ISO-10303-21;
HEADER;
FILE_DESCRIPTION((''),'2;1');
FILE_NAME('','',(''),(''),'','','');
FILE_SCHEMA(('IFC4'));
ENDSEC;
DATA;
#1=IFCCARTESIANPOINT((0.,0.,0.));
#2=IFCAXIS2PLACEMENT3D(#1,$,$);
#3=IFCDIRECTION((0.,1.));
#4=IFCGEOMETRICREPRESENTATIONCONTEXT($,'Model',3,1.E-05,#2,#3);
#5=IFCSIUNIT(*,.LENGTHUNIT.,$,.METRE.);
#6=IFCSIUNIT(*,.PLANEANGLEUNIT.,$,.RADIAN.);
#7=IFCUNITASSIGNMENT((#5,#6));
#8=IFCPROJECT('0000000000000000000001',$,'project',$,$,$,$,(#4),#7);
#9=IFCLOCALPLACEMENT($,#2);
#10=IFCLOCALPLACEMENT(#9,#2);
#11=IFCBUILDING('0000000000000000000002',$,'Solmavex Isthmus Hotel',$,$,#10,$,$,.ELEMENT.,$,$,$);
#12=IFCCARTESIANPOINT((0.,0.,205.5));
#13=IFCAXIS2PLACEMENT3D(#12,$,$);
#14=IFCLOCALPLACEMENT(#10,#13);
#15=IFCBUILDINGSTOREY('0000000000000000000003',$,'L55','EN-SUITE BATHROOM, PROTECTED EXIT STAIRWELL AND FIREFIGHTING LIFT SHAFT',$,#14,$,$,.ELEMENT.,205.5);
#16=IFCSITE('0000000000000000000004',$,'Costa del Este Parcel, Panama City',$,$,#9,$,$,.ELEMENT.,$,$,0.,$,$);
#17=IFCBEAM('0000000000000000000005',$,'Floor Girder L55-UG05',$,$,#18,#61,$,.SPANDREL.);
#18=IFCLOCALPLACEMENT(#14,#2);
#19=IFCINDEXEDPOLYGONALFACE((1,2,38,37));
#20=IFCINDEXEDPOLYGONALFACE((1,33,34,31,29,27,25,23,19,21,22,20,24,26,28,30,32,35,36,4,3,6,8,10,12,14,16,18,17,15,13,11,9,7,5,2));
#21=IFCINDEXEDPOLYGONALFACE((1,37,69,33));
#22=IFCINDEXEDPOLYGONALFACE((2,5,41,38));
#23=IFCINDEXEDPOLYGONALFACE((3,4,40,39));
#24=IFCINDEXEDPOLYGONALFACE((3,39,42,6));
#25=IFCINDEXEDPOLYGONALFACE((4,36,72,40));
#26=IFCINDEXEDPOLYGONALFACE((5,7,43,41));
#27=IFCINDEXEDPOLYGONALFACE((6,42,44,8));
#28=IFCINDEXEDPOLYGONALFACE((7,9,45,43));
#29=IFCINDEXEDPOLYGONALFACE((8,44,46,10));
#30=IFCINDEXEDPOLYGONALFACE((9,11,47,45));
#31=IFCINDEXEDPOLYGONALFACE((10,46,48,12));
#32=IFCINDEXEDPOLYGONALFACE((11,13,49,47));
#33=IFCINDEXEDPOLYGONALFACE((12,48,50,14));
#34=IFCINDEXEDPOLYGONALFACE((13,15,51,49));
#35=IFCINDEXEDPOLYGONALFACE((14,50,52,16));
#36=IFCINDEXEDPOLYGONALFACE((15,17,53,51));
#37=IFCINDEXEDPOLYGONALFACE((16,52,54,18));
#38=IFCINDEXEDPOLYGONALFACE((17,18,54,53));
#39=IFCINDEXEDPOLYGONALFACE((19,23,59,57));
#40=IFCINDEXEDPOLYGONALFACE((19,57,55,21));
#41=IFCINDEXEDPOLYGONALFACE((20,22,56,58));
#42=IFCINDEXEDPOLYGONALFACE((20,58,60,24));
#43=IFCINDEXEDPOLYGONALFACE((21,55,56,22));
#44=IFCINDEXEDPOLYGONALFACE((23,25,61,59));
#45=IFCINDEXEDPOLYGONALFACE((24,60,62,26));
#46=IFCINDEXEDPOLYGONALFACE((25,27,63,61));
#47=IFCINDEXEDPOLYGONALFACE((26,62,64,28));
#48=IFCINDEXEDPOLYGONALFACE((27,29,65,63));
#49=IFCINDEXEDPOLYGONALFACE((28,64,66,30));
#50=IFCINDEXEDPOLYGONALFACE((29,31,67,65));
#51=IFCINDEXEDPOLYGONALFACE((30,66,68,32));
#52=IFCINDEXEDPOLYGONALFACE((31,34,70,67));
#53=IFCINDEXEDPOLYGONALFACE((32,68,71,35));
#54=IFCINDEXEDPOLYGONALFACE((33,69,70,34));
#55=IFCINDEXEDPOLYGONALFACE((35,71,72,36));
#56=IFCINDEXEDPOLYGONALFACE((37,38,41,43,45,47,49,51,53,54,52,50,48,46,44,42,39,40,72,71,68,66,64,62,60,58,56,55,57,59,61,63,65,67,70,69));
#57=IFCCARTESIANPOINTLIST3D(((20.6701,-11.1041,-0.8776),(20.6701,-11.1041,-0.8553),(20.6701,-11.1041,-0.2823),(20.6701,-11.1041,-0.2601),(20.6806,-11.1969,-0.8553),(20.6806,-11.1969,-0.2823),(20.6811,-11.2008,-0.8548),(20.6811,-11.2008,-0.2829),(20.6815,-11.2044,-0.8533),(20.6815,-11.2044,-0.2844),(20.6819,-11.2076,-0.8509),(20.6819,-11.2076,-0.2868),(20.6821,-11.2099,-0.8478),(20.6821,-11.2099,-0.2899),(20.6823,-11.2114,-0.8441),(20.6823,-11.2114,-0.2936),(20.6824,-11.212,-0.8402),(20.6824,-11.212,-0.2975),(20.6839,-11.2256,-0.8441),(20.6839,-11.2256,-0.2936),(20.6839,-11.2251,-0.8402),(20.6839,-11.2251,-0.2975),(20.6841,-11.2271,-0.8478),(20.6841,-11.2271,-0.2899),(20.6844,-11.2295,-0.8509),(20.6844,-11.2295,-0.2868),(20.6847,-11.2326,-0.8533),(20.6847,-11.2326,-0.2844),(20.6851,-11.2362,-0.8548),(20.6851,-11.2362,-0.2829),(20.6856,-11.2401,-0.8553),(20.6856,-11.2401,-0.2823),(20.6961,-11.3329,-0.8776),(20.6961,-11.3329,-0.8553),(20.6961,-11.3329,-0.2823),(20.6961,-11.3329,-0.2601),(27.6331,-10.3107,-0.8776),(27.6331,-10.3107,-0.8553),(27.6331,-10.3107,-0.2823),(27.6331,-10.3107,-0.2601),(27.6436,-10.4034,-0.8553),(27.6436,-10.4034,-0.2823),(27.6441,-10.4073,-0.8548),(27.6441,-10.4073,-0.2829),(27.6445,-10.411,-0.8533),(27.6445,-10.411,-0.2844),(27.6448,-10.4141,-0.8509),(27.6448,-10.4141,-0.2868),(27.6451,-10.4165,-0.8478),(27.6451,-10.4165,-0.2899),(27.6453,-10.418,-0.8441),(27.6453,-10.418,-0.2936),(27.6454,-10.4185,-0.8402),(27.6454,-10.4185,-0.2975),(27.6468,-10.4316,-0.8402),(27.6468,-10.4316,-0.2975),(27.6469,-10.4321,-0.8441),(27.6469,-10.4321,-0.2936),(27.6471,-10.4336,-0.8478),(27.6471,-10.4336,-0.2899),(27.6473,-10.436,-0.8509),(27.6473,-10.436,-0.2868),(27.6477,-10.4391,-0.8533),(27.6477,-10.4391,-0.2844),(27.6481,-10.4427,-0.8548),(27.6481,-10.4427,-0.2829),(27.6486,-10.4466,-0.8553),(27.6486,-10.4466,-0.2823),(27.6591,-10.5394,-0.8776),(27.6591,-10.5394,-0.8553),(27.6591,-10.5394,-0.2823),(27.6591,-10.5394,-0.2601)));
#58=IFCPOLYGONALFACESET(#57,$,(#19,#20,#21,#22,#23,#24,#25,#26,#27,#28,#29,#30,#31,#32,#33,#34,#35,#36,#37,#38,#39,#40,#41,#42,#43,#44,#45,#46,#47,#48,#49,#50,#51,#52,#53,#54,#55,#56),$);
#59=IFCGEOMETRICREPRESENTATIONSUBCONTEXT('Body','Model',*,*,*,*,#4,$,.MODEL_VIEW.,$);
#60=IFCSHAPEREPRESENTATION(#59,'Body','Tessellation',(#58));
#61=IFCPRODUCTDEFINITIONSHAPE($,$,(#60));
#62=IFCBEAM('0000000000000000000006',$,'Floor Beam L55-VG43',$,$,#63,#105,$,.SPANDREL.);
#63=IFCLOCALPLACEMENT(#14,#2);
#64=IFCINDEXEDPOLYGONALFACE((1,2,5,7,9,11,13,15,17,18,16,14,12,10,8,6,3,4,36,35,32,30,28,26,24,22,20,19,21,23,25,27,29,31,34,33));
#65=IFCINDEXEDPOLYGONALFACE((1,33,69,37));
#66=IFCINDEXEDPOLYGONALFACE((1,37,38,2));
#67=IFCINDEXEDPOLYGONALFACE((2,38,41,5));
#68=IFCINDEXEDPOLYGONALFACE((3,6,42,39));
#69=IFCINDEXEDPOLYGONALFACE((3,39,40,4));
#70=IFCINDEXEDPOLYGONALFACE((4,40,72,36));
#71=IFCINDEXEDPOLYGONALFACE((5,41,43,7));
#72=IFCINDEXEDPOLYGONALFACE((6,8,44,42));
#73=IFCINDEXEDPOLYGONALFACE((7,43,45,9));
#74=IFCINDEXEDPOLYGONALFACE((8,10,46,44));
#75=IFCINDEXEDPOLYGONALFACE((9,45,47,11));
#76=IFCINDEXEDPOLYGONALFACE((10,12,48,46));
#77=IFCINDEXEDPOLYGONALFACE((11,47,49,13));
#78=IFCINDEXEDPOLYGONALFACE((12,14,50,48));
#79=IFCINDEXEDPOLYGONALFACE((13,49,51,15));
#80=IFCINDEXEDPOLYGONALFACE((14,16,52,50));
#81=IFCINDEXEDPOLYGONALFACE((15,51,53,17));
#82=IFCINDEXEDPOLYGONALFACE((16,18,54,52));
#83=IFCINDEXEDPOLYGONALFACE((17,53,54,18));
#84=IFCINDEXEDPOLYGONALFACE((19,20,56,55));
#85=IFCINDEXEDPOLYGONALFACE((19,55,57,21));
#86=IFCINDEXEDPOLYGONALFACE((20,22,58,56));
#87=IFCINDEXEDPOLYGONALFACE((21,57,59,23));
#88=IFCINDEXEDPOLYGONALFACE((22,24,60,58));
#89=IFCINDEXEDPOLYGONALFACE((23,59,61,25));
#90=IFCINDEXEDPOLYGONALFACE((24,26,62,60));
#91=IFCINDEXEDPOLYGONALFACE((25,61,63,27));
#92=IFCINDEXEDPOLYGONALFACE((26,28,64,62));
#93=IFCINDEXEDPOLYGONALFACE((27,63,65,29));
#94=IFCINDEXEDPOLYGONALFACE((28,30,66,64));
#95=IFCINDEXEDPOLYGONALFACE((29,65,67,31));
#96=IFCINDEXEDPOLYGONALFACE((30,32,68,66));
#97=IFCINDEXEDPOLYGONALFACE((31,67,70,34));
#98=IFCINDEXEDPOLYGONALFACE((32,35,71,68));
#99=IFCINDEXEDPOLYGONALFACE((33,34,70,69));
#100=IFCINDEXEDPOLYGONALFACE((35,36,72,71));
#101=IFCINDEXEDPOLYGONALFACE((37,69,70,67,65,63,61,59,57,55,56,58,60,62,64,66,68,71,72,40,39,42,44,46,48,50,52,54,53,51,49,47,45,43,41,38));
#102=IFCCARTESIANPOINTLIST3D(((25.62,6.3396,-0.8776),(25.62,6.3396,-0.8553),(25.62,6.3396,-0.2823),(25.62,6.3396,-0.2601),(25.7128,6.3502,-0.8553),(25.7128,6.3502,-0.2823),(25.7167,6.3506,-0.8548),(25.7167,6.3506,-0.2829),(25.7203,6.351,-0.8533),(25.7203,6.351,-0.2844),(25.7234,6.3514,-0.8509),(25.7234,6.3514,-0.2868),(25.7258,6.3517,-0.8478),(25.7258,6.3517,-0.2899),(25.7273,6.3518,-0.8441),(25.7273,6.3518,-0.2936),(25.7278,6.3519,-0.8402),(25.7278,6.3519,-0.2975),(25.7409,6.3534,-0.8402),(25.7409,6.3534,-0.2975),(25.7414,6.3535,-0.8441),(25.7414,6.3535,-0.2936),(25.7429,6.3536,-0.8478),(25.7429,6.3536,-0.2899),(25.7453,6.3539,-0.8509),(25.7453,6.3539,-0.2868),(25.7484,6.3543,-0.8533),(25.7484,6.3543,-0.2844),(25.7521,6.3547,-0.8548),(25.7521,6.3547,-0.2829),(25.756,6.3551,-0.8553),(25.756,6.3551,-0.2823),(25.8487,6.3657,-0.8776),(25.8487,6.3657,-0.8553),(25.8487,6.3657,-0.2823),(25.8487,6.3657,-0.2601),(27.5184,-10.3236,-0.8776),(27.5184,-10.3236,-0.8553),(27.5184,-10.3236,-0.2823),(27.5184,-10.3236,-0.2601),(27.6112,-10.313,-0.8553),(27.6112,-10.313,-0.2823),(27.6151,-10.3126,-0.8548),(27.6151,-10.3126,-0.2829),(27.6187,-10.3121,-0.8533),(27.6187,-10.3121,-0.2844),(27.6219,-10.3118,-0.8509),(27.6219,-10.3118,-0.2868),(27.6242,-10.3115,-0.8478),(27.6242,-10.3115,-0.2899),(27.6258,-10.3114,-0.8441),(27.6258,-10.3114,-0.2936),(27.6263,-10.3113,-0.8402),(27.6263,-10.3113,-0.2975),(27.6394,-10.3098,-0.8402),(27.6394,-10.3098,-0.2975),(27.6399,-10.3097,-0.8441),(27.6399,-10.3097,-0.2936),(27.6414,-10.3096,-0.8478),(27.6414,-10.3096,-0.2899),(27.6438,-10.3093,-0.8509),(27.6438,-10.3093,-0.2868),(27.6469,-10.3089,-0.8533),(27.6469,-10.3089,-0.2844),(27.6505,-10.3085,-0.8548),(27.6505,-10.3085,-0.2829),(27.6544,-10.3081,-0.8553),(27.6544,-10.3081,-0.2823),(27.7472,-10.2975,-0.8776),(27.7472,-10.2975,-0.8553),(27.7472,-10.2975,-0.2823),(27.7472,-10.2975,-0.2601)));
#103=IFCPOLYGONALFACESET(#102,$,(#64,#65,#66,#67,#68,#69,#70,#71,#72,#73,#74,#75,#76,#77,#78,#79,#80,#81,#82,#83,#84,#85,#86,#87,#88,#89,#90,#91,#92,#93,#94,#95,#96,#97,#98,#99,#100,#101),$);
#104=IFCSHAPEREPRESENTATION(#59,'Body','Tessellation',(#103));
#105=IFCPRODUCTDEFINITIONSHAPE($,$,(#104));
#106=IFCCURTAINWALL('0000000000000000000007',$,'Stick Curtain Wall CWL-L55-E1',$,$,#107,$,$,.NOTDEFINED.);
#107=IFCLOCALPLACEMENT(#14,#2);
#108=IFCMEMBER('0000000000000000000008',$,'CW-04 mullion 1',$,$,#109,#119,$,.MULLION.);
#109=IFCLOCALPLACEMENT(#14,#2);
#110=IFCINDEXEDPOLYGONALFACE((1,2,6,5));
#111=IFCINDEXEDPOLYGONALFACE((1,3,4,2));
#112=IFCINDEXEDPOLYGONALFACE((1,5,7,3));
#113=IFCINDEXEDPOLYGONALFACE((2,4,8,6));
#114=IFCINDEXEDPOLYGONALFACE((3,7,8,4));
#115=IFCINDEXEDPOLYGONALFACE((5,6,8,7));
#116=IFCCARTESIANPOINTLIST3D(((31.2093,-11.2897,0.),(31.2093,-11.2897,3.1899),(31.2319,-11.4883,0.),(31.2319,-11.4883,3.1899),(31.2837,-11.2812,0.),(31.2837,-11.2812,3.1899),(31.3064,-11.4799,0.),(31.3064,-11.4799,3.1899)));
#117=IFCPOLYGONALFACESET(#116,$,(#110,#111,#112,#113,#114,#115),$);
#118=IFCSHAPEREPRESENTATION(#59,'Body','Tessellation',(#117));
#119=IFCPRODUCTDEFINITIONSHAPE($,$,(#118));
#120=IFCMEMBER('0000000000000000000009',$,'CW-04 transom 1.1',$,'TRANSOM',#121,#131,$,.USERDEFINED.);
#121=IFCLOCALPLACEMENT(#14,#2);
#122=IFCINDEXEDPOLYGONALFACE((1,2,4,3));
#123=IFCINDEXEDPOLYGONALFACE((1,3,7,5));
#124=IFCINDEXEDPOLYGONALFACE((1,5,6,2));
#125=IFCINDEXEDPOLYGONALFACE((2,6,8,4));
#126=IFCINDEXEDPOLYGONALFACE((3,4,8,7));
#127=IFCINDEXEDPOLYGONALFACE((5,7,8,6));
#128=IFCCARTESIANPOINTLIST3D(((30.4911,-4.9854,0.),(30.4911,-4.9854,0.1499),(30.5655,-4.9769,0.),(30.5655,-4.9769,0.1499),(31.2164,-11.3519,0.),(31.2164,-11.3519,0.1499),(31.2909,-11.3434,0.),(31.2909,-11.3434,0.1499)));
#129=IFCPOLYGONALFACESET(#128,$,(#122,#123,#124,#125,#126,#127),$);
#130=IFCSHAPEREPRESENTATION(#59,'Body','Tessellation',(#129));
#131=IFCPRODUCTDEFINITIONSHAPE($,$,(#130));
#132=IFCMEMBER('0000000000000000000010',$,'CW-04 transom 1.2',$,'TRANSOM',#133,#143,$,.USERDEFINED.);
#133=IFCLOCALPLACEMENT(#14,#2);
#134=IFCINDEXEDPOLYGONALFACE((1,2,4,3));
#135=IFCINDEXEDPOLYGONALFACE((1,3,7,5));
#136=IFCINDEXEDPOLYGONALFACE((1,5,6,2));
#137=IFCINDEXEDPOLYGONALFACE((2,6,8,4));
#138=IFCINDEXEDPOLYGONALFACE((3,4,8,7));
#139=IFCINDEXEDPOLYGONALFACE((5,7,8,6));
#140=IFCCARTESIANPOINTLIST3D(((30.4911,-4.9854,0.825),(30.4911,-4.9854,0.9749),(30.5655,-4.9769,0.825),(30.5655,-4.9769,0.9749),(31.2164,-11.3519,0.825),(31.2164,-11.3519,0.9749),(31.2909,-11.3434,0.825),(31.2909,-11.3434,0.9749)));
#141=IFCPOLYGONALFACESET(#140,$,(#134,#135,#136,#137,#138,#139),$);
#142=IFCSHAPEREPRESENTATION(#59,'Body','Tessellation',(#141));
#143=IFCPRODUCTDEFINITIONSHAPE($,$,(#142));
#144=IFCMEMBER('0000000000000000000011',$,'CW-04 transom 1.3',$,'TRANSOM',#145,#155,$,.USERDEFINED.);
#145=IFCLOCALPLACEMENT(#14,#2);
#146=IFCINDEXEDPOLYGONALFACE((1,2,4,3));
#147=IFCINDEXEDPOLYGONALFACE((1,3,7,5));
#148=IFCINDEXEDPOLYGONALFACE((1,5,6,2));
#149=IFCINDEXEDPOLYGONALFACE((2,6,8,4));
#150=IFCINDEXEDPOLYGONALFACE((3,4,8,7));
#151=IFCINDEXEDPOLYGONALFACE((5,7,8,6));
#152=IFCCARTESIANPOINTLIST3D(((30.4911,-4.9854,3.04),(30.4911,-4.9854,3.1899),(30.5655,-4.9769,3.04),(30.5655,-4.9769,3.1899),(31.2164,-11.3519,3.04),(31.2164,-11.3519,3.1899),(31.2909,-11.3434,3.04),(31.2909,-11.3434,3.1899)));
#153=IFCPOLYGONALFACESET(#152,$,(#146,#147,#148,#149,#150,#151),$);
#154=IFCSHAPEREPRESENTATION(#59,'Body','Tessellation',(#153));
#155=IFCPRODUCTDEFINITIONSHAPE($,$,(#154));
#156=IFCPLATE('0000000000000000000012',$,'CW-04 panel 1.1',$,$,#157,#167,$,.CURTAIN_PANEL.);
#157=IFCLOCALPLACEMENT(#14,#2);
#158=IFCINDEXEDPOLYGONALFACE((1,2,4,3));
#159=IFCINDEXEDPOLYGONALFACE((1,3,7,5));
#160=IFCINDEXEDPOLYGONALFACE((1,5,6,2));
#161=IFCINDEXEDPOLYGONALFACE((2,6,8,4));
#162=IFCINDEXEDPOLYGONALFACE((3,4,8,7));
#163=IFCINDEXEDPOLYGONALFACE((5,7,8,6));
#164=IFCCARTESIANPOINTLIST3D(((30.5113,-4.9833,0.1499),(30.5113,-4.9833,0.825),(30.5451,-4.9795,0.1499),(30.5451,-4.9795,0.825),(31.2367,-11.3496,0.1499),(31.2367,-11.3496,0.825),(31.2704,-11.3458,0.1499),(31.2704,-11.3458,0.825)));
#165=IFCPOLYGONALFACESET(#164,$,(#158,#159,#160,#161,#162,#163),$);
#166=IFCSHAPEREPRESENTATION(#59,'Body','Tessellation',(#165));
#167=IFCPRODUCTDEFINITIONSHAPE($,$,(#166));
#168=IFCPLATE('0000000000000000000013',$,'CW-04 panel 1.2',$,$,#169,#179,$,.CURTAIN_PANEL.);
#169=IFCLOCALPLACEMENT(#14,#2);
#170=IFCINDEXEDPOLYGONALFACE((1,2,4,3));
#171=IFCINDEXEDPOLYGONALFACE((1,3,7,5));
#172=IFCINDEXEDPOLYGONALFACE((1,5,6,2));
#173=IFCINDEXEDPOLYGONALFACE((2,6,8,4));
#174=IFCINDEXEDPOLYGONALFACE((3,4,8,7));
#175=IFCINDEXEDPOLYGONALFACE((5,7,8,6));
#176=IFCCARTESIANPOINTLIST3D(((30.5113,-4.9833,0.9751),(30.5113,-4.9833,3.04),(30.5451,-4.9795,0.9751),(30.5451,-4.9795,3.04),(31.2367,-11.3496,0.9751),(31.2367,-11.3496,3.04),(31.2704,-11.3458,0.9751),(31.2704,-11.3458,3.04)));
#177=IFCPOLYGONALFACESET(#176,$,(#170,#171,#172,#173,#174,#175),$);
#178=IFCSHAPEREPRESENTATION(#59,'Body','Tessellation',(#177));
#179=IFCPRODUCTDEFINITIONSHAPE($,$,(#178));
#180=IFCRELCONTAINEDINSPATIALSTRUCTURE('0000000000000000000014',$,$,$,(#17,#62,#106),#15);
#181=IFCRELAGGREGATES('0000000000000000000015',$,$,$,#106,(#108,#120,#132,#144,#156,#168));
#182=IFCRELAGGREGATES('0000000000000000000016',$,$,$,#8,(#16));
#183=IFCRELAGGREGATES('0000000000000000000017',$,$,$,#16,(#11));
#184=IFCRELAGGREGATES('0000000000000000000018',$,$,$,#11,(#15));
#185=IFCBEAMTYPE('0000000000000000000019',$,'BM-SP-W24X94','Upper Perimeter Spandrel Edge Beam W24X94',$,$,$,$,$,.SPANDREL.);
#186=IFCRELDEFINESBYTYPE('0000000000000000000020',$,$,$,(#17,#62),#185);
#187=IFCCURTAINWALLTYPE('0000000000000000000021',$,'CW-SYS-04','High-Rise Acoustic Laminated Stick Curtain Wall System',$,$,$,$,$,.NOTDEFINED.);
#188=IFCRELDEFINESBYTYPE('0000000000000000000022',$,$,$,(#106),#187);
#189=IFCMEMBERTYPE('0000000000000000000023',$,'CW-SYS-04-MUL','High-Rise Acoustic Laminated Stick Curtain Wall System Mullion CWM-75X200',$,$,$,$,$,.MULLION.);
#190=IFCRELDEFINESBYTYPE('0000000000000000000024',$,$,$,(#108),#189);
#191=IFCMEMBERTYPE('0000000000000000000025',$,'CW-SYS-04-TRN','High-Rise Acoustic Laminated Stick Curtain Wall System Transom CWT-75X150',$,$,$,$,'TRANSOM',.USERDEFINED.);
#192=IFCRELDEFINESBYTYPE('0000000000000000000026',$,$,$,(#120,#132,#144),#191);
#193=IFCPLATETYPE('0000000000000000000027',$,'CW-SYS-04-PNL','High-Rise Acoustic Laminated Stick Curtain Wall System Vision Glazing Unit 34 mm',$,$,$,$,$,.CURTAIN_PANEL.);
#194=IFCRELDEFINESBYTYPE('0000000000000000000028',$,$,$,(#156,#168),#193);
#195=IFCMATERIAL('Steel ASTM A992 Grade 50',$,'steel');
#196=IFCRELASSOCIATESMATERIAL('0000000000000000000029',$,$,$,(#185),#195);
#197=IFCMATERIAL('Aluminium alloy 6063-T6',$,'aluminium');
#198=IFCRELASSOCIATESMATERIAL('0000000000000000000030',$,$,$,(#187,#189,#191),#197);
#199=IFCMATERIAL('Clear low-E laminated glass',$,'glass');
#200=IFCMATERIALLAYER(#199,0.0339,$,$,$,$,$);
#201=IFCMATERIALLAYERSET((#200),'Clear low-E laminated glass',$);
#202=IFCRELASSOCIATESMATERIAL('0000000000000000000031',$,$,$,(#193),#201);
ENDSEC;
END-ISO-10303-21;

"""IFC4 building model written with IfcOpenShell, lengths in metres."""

from ifc_helpers import new_model, si_unit, direction, frame, origin, origin_2d, place, context, subcontext, project, spatial, rectangle, i_section, extrude, material, layer, layer_set, material_profile, profile_set, type_object, element, aggregate, save


model = new_model("IFC4")

# Units and contexts
model_context = context("Model", 3, precision=1e-05, world=origin(), true_north=direction((0.0, 1.0)))
body_context = subcontext(model_context, "Body", "Model", "MODEL_VIEW")
ifc_project = project(units=[si_unit("LENGTHUNIT", "METRE"), si_unit("PLANEANGLEUNIT", "RADIAN")], contexts=[model_context])

# Site, building, storey
site_placement = place(None, origin())
site = spatial("IfcSite", under=ifc_project, at=site_placement, Name="Costa del Este Parcel, Panama City", CompositionType="ELEMENT", RefElevation=0.0)
building_placement = place(site_placement, origin())
building = spatial("IfcBuilding", under=site, at=building_placement, Name="Solmavex Isthmus Hotel", CompositionType="ELEMENT")
storey_placement = place(building_placement, frame((0.0, 0.0, 205.5)))
storey = spatial("IfcBuildingStorey", under=building, at=storey_placement, Name="L55", Description="EN-SUITE BATHROOM, PROTECTED EXIT STAIRWELL AND FIREFIGHTING LIFT SHAFT", CompositionType="ELEMENT", Elevation=205.5)

# Beams
ifc_material_1 = material(Name="Steel ASTM A992 Grade 50", Category="steel")
ifc_material_profile_1 = material_profile(ifc_material_1, i_section(OverallWidth=0.2302, OverallDepth=0.6174, WebThickness=0.0132, FlangeThickness=0.0222, FilletRadius=0.0151, at=origin_2d()), Name="W24X94")
ifc_profile_set_1 = profile_set([ifc_material_profile_1], Name="Steel ASTM A992 Grade 50")
beam_type_1 = type_object("IfcBeamType", Name="BM-SP-W24X94", Description="Upper Perimeter Spandrel Edge Beam W24X94", PredefinedType="SPANDREL", material=ifc_profile_set_1)
beam_1_placement = place(storey_placement, frame((20.6831, -11.2185, -0.5688), z_axis=(0.99357, 0.113222, 0.0), x_axis=(-0.113222, 0.99357, 0.0)))
element("IfcBeam", 1, at=beam_1_placement, inside=storey, type_object=beam_type_1, Name="Floor Girder L55-UG05", PredefinedType="SPANDREL", context=body_context, shape_type="SweptSolid", body=[
    extrude(i_section(OverallWidth=0.2302, OverallDepth=0.6174, WebThickness=0.0132, FlangeThickness=0.0222, FilletRadius=0.0151, at=origin_2d()), origin(), (0.0, 0.0, 1.0), 7.0081),
])
beam_2_placement = place(storey_placement, frame((27.6328, -10.3105, -0.5688), z_axis=(-0.113198, 0.993572, 0.0), x_axis=(-0.993572, -0.113198, 0.0)))
element("IfcBeam", 2, at=beam_2_placement, inside=storey, type_object=beam_type_1, Name="Floor Beam L55-VG43", PredefinedType="SPANDREL", context=body_context, shape_type="SweptSolid", body=[
    extrude(i_section(OverallWidth=0.2302, OverallDepth=0.6174, WebThickness=0.0132, FlangeThickness=0.0222, FilletRadius=0.0151, at=origin_2d()), origin(), (0.0, 0.0, 1.0), 16.771),
])

# Curtain wall, members, plates
ifc_material_2 = material(Name="Aluminium alloy 6063-T6", Category="aluminium")
curtain_wall_type = type_object("IfcCurtainWallType", Name="CW-SYS-04", Description="High-Rise Acoustic Laminated Stick Curtain Wall System", PredefinedType="NOTDEFINED", material=ifc_material_2)
curtain_wall_placement = place(storey_placement, origin())
curtain_wall = element("IfcCurtainWall", 3, at=curtain_wall_placement, inside=storey, type_object=curtain_wall_type, Name="Stick Curtain Wall CWL-L55-E1", PredefinedType="NOTDEFINED")
ifc_material_profile_2 = material_profile(ifc_material_2, rectangle(XDim=0.075, YDim=0.2, at=origin_2d()), Name="CWM-75X200")
ifc_profile_set_2 = profile_set([ifc_material_profile_2], Name="Aluminium alloy 6063-T6")
member_type_1 = type_object("IfcMemberType", Name="CW-SYS-04-MUL", Description="High-Rise Acoustic Laminated Stick Curtain Wall System Mullion CWM-75X200", PredefinedType="MULLION", material=ifc_profile_set_2)
member_1_placement = place(storey_placement, frame((31.2578, -11.3848, 0.0), z_axis=(0.0, 0.0, 1.0), x_axis=(-0.993572, -0.113203, 0.0)))
member_1 = element("IfcMember", 4, at=member_1_placement, type_object=member_type_1, Name="CW-04 mullion 1", PredefinedType="MULLION", context=body_context, shape_type="SweptSolid", body=[
    extrude(rectangle(XDim=0.075, YDim=0.2, at=origin_2d()), origin(), (0.0, 0.0, 1.0), 3.1899),
])
ifc_material_profile_3 = material_profile(ifc_material_2, rectangle(XDim=0.075, YDim=0.1499, at=origin_2d()), Name="CWT-75X150")
ifc_profile_set_3 = profile_set([ifc_material_profile_3], Name="Aluminium alloy 6063-T6")
member_type_2 = type_object("IfcMemberType", Name="CW-SYS-04-TRN", Description="High-Rise Acoustic Laminated Stick Curtain Wall System Transom CWT-75X150", ElementType="TRANSOM", PredefinedType="USERDEFINED", material=ifc_profile_set_3)
member_2_placement = place(storey_placement, frame((31.2537, -11.3477, 0.075), z_axis=(-0.113199, 0.993572, 0.0), x_axis=(-0.993572, -0.113199, 0.0)))
member_2 = element("IfcMember", 5, at=member_2_placement, type_object=member_type_2, Name="CW-04 transom 1.1", ObjectType="TRANSOM", PredefinedType="USERDEFINED", context=body_context, shape_type="SweptSolid", body=[
    extrude(rectangle(XDim=0.075, YDim=0.1499, at=origin_2d()), origin(), (0.0, 0.0, 1.0), 6.4077),
])
member_3_placement = place(storey_placement, frame((31.2537, -11.3477, 0.8999), z_axis=(-0.113199, 0.993572, 0.0), x_axis=(-0.993572, -0.113199, 0.0)))
member_3 = element("IfcMember", 6, at=member_3_placement, type_object=member_type_2, Name="CW-04 transom 1.2", ObjectType="TRANSOM", PredefinedType="USERDEFINED", context=body_context, shape_type="SweptSolid", body=[
    extrude(rectangle(XDim=0.075, YDim=0.1499, at=origin_2d()), origin(), (0.0, 0.0, 1.0), 6.4077),
])
member_4_placement = place(storey_placement, frame((31.2537, -11.3477, 3.115), z_axis=(-0.113199, 0.993572, 0.0), x_axis=(-0.993572, -0.113199, 0.0)))
member_4 = element("IfcMember", 7, at=member_4_placement, type_object=member_type_2, Name="CW-04 transom 1.3", ObjectType="TRANSOM", PredefinedType="USERDEFINED", context=body_context, shape_type="SweptSolid", body=[
    extrude(rectangle(XDim=0.075, YDim=0.1499, at=origin_2d()), origin(), (0.0, 0.0, 1.0), 6.4077),
])
ifc_material_3 = material(Name="Clear low-E laminated glass", Category="glass")
ifc_layer_1 = layer(ifc_material_3, 0.0339)
ifc_layer_set_1 = layer_set([ifc_layer_1], Name="Clear low-E laminated glass")
plate_type = type_object("IfcPlateType", Name="CW-SYS-04-PNL", Description="High-Rise Acoustic Laminated Stick Curtain Wall System Vision Glazing Unit 34 mm", PredefinedType="CURTAIN_PANEL", material=ifc_layer_set_1)
plate_1_placement = place(storey_placement, frame((30.8909, -8.1646, 0.1499), z_axis=(0.0, 0.0, 1.0), x_axis=(-0.113203, 0.993572, 0.0)))
plate_1 = element("IfcPlate", 8, at=plate_1_placement, type_object=plate_type, Name="CW-04 panel 1.1", PredefinedType="CURTAIN_PANEL", context=body_context, shape_type="SweptSolid", body=[
    extrude(rectangle(XDim=6.4075, YDim=0.0339, at=origin_2d()), origin(), (0.0, 0.0, 1.0), 0.675),
])
plate_2_placement = place(storey_placement, frame((30.8909, -8.1646, 0.9751), z_axis=(0.0, 0.0, 1.0), x_axis=(-0.113203, 0.993572, 0.0)))
plate_2 = element("IfcPlate", 9, at=plate_2_placement, type_object=plate_type, Name="CW-04 panel 1.2", PredefinedType="CURTAIN_PANEL", context=body_context, shape_type="SweptSolid", body=[
    extrude(rectangle(XDim=6.4075, YDim=0.0339, at=origin_2d()), origin(), (0.0, 0.0, 1.0), 2.0649),
])
aggregate(curtain_wall, [member_1, member_2, member_3, member_4, plate_1, plate_2])

save(model, "model.ifc")
